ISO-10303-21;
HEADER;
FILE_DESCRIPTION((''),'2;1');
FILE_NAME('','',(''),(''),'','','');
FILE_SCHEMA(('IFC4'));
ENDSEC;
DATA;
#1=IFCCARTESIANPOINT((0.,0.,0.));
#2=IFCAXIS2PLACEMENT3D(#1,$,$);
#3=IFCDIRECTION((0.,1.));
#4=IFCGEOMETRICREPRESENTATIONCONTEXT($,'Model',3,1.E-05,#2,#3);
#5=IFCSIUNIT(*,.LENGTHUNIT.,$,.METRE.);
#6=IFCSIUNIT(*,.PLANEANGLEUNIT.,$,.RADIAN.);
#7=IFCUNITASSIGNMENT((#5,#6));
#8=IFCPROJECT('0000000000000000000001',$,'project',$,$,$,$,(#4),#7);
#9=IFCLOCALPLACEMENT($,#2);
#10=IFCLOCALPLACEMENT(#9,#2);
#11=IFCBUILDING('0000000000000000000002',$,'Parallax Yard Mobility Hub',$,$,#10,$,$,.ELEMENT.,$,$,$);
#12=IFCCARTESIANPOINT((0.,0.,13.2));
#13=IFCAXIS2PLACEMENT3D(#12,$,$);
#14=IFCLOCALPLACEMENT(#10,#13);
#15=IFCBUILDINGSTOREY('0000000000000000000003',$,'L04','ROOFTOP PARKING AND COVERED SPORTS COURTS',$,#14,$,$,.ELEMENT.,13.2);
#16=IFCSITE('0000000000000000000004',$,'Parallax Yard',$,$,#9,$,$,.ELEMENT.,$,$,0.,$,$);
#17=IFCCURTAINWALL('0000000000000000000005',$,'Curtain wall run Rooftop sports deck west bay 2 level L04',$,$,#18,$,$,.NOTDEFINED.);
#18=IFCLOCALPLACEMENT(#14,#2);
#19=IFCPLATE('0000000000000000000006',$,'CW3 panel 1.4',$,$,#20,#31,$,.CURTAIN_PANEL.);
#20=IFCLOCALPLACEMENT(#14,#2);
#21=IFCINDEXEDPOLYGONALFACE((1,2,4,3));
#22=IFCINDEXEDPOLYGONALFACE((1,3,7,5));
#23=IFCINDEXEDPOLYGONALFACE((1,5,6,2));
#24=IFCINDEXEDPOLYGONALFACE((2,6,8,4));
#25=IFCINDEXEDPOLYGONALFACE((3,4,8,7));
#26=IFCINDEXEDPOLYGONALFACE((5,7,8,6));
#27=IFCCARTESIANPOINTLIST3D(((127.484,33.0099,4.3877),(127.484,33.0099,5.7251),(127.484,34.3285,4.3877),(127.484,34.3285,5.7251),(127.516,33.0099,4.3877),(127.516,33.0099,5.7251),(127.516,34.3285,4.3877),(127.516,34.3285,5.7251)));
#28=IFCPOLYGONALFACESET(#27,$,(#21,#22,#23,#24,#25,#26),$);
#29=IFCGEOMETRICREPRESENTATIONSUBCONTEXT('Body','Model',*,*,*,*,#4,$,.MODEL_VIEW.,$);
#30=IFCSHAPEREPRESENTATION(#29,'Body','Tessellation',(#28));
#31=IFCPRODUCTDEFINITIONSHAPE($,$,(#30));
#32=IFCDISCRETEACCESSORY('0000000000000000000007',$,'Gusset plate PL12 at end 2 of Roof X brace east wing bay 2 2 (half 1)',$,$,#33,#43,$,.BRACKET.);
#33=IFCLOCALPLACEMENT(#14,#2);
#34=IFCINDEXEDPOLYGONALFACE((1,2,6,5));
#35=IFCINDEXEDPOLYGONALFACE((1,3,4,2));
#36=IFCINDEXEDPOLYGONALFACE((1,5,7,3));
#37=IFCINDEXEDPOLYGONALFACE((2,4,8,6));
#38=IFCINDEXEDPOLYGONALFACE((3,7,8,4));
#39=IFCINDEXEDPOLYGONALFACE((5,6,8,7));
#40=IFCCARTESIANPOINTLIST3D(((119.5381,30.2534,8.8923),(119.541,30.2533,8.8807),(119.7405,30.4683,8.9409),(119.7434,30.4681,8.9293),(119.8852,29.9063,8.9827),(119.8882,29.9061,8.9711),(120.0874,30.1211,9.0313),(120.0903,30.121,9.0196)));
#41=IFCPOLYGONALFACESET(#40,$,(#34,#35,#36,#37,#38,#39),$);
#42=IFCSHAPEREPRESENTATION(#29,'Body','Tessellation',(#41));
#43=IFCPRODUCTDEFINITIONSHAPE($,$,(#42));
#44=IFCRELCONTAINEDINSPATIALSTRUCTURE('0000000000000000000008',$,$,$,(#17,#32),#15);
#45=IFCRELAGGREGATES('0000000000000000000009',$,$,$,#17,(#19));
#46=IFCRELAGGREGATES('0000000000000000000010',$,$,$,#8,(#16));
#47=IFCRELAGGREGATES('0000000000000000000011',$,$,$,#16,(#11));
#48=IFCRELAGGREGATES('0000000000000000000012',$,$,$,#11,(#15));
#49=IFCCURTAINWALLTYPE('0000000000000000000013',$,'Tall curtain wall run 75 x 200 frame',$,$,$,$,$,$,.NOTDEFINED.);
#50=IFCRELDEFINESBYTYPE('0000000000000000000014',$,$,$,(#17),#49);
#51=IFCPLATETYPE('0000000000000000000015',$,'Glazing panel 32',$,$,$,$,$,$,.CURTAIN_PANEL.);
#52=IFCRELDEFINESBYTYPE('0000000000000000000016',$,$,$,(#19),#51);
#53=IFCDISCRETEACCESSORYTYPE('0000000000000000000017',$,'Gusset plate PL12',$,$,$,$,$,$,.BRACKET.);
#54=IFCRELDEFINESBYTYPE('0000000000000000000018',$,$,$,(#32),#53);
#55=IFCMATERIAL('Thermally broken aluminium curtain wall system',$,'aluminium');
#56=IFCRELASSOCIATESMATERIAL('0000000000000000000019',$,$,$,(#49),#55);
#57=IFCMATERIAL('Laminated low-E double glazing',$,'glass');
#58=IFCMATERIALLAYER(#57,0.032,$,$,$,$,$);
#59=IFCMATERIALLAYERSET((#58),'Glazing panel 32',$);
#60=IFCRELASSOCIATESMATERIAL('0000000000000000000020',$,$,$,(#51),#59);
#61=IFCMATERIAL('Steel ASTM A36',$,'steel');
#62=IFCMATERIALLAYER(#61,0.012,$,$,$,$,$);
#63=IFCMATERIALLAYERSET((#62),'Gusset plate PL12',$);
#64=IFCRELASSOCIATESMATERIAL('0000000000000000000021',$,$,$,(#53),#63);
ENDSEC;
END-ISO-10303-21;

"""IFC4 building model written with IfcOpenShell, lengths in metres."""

from ifc_helpers import new_model, si_unit, direction, frame, origin, origin_2d, place, context, subcontext, project, spatial, polyline, rectangle, outline, extrude, material, layer, layer_set, type_object, element, aggregate, save


model = new_model("IFC4")

# Units and contexts
model_context = context("Model", 3, precision=1e-05, world=origin(), true_north=direction((0.0, 1.0)))
body_context = subcontext(model_context, "Body", "Model", "MODEL_VIEW")
ifc_project = project(units=[si_unit("LENGTHUNIT", "METRE"), si_unit("PLANEANGLEUNIT", "RADIAN")], contexts=[model_context])

# Site, building, storey
site_placement = place(None, origin())
site = spatial("IfcSite", under=ifc_project, at=site_placement, Name="Parallax Yard", CompositionType="ELEMENT", RefElevation=0.0)
building_placement = place(site_placement, origin())
building = spatial("IfcBuilding", under=site, at=building_placement, Name="Parallax Yard Mobility Hub", CompositionType="ELEMENT")
storey_placement = place(building_placement, frame((0.0, 0.0, 13.2)))
storey = spatial("IfcBuildingStorey", under=building, at=storey_placement, Name="L04", Description="ROOFTOP PARKING AND COVERED SPORTS COURTS", CompositionType="ELEMENT", Elevation=13.2)

# Shared definitions
ifc_material_1 = material(Name="Thermally broken aluminium curtain wall system", Category="aluminium")
curtain_wall_type = type_object("IfcCurtainWallType", Name="Tall curtain wall run 75 x 200 frame", PredefinedType="NOTDEFINED", material=ifc_material_1)

# Curtain wall
curtain_wall_1_placement = place(storey_placement, origin())
curtain_wall_1 = element("IfcCurtainWall", 1, at=curtain_wall_1_placement, inside=storey, type_object=curtain_wall_type, Name="Curtain wall run Rooftop sports deck west bay 2 level L04", PredefinedType="NOTDEFINED")

# Plate
ifc_material_2 = material(Name="Laminated low-E double glazing", Category="glass")
ifc_layer_1 = layer(ifc_material_2, 0.032)
ifc_layer_set_1 = layer_set([ifc_layer_1], Name="Glazing panel 32")
plate_type = type_object("IfcPlateType", Name="Glazing panel 32", PredefinedType="CURTAIN_PANEL", material=ifc_layer_set_1)
plate_1_placement = place(storey_placement, frame((127.5, 33.6692, 4.3877), z_axis=(0.0, 0.0, 1.0), x_axis=(0.0, 1.0, 0.0)))
plate_1 = element("IfcPlate", 2, at=plate_1_placement, type_object=plate_type, Name="CW3 panel 1.4", PredefinedType="CURTAIN_PANEL", context=body_context, shape_type="SweptSolid", body=[
    extrude(rectangle(XDim=1.3186, YDim=0.032, at=origin_2d()), origin(), (0.0, 0.0, 1.0), 1.3374),
])
aggregate(curtain_wall_1, [plate_1])

# Discrete accessory
ifc_material_3 = material(Name="Steel ASTM A36", Category="steel")
ifc_layer_2 = layer(ifc_material_3, 0.012)
ifc_layer_set_2 = layer_set([ifc_layer_2], Name="Gusset plate PL12")
discrete_accessory_type = type_object("IfcDiscreteAccessoryType", Name="Gusset plate PL12", PredefinedType="BRACKET", material=ifc_layer_set_2)
discrete_accessory_placement = place(storey_placement, frame((119.5381, 30.2534, 8.8923), z_axis=(-0.243019, 0.009451, 0.969975), x_axis=(0.69542, -0.695434, 0.181007)))
element("IfcDiscreteAccessory", 3, at=discrete_accessory_placement, inside=storey, type_object=discrete_accessory_type, Name="Gusset plate PL12 at end 2 of Roof X brace east wing bay 2 2 (half 1)", PredefinedType="BRACKET", context=body_context, shape_type="SweptSolid", body=[
    extrude(outline(polyline([(0.0, 0.0), (0.4992, 0.0), (0.4992, 0.299), (0.0001, 0.2991), (0.0, 0.0)])), origin(), (0.0, 0.0, -1.0), 0.012),
])

save(model, "model.ifc")
